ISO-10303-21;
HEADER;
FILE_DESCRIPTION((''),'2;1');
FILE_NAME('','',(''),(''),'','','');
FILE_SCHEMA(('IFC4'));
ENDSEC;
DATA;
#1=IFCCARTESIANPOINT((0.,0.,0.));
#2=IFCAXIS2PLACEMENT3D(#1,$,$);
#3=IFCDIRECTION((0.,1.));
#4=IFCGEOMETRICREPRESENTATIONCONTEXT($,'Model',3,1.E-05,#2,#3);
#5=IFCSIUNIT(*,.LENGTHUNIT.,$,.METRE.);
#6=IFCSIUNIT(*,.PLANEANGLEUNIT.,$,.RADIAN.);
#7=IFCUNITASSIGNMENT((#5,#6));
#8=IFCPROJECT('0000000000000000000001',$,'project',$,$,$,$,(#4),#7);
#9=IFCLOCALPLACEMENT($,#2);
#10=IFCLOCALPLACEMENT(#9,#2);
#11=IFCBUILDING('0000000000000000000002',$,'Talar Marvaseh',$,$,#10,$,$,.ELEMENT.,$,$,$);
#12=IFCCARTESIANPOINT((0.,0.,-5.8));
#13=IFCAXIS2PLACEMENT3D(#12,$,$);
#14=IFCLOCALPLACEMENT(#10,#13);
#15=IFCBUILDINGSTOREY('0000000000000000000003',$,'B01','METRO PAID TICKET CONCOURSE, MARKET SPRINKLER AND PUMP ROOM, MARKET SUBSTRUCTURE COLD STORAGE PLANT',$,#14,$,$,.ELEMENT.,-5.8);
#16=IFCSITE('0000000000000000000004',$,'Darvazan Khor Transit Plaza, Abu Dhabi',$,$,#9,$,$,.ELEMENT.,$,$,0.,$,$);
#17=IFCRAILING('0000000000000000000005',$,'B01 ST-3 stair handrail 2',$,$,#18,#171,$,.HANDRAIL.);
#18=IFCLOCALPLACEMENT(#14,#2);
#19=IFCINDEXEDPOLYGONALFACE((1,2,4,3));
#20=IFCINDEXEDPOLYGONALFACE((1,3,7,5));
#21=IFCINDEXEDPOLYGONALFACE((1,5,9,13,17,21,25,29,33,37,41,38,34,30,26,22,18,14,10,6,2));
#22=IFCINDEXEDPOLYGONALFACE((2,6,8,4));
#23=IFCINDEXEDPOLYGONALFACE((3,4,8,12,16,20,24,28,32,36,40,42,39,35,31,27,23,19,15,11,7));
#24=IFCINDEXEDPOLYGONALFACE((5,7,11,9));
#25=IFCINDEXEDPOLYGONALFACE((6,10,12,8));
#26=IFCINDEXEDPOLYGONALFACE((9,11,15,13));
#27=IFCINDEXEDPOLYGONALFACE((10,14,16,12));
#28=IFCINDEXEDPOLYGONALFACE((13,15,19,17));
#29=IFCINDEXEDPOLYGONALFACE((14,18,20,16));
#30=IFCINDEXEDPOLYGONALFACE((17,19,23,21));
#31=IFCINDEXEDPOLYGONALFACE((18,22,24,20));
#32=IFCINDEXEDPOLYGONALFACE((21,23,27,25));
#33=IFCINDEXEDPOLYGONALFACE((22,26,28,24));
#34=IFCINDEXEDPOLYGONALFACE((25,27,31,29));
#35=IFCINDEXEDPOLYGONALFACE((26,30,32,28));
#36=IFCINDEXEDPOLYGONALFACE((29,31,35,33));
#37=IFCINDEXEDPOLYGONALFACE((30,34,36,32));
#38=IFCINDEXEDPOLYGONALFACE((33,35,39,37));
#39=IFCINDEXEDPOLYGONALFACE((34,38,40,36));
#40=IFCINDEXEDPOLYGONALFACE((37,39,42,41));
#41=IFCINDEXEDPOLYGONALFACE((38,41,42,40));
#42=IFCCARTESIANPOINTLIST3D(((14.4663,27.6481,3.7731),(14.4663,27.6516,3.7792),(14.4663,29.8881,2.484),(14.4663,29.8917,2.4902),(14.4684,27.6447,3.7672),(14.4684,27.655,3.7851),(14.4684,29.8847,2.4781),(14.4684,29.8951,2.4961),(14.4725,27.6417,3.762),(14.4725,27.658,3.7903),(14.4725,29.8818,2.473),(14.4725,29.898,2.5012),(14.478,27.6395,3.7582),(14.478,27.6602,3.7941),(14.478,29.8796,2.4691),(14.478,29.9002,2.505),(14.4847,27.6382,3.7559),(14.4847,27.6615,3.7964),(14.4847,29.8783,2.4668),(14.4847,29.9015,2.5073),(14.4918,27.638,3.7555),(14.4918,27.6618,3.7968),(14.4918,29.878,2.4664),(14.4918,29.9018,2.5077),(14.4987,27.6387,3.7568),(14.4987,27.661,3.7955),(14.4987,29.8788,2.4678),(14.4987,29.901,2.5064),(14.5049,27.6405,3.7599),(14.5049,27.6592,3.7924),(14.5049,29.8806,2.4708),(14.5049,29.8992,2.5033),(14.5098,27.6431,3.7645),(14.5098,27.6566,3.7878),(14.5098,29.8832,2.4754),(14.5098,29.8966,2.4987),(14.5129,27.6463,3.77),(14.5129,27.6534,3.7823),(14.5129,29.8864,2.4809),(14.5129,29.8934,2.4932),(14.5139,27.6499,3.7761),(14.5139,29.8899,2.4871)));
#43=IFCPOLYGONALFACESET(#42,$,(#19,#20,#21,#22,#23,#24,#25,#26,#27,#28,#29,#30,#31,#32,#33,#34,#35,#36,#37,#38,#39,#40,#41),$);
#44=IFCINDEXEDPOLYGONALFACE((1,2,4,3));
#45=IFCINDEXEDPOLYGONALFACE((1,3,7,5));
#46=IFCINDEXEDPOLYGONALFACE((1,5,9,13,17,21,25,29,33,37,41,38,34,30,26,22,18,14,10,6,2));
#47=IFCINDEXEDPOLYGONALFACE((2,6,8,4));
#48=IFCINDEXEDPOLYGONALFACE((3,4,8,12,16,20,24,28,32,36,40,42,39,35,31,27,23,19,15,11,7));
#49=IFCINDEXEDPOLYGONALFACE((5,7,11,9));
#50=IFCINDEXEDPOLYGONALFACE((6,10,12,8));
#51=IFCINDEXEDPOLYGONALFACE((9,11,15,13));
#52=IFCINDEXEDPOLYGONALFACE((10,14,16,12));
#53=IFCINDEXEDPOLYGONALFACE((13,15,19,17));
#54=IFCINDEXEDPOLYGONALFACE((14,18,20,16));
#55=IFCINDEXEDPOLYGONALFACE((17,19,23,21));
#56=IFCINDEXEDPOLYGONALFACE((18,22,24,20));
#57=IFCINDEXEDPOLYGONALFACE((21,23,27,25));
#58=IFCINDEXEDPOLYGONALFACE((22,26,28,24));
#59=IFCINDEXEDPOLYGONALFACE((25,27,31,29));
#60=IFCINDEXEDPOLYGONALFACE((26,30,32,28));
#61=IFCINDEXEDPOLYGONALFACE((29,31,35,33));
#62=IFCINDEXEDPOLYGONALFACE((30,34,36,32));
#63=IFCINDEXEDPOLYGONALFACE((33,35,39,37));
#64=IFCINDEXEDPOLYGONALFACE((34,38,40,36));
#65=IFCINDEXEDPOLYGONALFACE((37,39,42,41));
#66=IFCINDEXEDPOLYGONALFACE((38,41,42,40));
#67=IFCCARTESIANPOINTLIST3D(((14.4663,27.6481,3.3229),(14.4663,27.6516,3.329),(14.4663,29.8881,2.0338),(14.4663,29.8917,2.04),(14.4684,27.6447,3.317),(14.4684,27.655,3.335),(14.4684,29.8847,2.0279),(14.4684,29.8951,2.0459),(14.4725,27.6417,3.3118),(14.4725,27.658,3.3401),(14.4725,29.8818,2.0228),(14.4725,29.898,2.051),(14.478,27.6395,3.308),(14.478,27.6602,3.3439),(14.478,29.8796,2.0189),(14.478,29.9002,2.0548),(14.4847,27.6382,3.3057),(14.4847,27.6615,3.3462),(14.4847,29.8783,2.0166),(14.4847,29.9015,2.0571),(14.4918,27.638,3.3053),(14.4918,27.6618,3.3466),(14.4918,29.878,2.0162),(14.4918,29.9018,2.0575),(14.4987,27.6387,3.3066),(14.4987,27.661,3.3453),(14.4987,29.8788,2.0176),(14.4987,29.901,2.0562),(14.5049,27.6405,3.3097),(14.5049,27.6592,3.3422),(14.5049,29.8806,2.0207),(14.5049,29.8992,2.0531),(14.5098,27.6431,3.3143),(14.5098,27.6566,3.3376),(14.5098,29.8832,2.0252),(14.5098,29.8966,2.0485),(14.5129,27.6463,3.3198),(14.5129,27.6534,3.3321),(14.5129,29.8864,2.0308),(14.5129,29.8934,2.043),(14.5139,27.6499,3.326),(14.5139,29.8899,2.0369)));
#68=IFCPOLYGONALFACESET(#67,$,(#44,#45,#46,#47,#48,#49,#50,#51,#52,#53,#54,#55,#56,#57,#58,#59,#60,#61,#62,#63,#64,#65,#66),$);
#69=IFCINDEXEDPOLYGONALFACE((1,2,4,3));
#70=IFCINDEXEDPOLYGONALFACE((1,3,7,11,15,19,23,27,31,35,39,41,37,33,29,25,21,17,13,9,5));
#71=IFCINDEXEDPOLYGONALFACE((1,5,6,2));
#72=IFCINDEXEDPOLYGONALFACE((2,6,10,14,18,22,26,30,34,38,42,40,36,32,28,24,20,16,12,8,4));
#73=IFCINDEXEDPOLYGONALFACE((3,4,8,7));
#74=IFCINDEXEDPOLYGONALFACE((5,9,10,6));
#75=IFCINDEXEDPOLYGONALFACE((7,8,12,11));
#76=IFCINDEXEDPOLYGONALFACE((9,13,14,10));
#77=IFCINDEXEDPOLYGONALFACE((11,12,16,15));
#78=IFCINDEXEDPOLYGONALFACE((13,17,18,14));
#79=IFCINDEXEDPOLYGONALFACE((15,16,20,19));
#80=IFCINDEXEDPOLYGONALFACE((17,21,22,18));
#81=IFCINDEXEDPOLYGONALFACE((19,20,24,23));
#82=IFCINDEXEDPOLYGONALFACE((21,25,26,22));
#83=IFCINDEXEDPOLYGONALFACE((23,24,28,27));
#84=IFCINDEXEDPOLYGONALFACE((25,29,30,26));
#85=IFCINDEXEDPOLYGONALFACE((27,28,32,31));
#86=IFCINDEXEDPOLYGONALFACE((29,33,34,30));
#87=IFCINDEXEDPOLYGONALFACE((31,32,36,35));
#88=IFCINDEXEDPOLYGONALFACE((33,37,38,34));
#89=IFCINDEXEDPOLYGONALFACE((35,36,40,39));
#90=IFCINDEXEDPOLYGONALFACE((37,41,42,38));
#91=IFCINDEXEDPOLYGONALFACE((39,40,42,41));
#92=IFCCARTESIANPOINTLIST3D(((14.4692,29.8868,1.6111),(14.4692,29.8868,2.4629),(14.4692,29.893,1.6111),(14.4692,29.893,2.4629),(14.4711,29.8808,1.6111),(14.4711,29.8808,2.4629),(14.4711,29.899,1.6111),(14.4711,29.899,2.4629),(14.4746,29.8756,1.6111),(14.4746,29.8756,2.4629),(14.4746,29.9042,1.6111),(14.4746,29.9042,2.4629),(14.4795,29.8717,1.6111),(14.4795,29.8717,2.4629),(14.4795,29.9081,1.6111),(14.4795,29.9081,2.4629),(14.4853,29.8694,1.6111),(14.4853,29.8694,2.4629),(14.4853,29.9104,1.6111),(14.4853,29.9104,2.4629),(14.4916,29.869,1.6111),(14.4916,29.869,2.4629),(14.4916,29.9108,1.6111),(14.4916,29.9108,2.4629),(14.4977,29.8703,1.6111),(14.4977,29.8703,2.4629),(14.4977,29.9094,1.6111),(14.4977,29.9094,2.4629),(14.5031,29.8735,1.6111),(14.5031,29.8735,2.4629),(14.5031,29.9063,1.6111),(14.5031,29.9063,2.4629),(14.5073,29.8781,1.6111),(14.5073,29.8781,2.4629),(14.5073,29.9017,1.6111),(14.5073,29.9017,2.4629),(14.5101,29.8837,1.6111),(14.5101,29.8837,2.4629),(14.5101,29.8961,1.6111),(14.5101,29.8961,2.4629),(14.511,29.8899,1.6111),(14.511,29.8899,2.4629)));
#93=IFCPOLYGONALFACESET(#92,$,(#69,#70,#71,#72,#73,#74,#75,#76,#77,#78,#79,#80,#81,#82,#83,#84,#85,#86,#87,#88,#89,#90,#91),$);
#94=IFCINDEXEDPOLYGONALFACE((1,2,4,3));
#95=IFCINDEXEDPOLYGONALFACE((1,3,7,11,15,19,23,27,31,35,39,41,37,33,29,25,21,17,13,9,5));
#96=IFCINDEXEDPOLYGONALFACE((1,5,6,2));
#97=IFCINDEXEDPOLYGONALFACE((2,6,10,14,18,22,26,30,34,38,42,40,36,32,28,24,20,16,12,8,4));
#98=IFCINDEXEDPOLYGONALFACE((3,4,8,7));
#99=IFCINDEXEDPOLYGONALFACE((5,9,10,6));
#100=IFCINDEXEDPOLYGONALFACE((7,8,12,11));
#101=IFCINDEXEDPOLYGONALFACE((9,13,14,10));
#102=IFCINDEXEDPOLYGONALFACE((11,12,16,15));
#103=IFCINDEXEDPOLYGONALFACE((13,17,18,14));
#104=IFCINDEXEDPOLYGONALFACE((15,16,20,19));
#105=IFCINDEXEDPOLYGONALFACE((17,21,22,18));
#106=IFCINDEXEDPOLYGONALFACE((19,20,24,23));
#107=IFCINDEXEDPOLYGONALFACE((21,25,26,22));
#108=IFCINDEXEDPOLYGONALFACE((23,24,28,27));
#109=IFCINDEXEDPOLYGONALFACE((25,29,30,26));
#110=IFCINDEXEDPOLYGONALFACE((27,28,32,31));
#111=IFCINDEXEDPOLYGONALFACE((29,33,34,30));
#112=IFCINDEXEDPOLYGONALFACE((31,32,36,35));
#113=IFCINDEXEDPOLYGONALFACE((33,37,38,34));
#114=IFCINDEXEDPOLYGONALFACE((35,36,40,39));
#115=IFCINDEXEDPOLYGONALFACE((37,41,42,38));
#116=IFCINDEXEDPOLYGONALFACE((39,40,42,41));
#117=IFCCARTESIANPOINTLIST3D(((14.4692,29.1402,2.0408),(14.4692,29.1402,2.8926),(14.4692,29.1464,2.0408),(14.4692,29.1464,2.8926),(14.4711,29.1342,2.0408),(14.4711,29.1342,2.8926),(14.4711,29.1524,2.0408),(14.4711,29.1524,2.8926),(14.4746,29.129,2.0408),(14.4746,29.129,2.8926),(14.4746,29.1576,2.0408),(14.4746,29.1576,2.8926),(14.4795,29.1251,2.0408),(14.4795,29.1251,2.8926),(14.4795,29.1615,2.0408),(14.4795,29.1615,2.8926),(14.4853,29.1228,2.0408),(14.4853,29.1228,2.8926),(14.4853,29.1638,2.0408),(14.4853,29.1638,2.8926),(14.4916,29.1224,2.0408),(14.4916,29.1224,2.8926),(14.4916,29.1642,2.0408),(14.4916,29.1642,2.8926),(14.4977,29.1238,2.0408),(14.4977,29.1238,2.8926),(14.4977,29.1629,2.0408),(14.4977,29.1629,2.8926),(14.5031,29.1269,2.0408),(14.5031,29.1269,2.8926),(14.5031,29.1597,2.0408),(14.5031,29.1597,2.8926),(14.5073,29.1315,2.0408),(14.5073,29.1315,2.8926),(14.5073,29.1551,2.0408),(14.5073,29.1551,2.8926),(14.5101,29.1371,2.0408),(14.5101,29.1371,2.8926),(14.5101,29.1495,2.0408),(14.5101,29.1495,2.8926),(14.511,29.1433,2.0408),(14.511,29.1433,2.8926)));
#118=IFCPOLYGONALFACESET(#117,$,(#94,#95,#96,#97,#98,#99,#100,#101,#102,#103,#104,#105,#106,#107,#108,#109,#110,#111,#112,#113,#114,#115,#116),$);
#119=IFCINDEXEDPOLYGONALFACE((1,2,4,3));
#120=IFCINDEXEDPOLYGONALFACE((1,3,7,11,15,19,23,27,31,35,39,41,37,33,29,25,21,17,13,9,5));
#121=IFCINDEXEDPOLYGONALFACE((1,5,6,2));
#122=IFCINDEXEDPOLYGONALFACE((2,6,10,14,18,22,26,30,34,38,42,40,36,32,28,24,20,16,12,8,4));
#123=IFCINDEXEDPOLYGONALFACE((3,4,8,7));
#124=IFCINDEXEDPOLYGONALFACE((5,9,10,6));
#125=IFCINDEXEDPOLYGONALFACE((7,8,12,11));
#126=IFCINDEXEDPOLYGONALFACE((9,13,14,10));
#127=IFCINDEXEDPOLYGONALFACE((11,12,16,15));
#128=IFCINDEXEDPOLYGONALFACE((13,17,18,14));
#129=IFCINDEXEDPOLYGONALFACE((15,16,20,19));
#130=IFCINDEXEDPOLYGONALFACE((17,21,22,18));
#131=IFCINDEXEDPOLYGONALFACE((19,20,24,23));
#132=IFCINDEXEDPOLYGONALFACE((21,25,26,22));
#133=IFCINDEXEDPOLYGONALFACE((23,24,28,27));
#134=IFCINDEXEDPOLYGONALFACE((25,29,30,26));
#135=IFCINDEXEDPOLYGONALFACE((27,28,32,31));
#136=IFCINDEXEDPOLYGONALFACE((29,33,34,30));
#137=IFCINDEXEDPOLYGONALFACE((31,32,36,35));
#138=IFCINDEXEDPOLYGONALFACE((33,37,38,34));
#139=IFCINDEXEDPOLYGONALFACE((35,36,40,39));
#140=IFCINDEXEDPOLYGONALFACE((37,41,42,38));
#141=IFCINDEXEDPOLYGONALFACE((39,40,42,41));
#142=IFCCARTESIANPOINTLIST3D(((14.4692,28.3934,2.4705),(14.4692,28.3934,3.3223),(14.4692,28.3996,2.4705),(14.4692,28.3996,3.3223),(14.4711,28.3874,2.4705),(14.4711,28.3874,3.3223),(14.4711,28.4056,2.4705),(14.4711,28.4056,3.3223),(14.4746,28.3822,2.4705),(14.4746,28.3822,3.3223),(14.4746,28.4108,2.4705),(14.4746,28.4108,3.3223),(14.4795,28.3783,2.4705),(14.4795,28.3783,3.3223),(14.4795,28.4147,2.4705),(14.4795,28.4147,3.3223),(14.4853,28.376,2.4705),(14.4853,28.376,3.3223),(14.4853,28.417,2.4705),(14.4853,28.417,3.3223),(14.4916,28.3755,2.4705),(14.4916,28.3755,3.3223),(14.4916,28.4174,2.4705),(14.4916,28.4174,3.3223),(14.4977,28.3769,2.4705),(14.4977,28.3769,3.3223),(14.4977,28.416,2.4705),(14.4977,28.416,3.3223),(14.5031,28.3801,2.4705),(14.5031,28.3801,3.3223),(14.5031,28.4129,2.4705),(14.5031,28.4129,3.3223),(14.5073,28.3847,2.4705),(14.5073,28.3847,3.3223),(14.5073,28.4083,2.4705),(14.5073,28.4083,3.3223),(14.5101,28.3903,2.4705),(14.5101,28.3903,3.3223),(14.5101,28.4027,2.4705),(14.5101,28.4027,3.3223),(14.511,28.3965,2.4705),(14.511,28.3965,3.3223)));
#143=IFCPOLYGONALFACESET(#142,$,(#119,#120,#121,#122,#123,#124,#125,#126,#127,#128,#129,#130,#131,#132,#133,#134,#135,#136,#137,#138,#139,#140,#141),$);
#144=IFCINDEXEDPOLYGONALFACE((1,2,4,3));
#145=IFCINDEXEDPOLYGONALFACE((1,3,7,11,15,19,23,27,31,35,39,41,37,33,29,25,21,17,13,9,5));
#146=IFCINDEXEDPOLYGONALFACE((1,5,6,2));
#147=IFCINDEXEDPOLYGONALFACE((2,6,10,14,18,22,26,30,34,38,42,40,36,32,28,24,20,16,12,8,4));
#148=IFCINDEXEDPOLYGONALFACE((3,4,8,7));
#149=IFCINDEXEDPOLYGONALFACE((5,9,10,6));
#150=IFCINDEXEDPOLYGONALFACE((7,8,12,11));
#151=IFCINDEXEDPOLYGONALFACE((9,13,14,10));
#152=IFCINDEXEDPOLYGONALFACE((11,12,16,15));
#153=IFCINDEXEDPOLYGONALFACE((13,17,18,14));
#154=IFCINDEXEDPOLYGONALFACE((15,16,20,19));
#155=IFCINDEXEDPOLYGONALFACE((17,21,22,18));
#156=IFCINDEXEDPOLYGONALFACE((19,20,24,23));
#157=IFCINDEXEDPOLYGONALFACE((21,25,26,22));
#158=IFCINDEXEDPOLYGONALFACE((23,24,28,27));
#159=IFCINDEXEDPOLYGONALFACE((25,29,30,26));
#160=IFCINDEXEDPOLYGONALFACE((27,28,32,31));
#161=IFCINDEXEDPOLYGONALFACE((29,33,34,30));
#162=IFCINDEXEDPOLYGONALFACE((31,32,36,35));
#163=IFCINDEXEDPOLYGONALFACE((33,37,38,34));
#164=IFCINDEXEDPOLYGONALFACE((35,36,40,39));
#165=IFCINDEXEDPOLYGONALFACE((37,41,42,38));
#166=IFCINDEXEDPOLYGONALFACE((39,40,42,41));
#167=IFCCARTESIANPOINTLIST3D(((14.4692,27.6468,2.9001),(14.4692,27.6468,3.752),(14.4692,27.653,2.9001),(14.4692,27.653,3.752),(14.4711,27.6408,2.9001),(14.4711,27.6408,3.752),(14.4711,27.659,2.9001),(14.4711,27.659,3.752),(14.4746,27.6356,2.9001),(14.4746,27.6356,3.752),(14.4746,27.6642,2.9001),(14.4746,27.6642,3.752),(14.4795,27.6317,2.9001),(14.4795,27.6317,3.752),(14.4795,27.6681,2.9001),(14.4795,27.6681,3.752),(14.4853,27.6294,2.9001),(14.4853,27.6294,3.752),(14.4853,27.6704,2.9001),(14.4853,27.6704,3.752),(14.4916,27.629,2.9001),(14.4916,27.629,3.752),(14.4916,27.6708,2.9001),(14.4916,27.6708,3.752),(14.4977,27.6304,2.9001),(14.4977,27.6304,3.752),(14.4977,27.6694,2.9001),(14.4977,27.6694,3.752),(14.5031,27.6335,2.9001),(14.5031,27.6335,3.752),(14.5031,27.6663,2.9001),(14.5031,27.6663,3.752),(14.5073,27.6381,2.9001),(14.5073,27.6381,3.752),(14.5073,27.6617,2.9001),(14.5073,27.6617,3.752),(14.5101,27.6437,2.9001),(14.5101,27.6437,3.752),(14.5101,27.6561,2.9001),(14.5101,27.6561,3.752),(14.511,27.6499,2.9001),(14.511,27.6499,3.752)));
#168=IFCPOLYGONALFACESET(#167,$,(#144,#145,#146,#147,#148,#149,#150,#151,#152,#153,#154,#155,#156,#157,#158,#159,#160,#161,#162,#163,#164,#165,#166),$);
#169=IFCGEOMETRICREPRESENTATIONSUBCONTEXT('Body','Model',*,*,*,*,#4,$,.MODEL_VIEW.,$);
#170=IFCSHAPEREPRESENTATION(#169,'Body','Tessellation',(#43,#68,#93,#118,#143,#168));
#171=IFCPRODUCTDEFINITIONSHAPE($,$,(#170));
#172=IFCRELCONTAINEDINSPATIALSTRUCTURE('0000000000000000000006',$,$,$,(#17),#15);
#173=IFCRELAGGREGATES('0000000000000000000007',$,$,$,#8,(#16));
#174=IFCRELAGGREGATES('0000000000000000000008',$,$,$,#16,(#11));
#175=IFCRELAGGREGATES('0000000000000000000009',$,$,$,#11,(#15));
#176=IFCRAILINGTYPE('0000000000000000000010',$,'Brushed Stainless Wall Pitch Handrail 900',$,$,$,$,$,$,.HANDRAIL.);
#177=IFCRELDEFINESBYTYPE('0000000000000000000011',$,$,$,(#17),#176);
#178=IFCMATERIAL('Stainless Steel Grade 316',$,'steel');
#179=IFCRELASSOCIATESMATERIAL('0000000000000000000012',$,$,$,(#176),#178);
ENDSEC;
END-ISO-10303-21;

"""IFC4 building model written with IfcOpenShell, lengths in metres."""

from ifc_helpers import new_model, si_unit, direction, frame, origin, origin_2d, place, context, subcontext, project, spatial, circle, extrude, material, type_object, element, save


model = new_model("IFC4")

# Units and contexts
model_context = context("Model", 3, precision=1e-05, world=origin(), true_north=direction((0.0, 1.0)))
body_context = subcontext(model_context, "Body", "Model", "MODEL_VIEW")
ifc_project = project(units=[si_unit("LENGTHUNIT", "METRE"), si_unit("PLANEANGLEUNIT", "RADIAN")], contexts=[model_context])

# Site, building, storey
site_placement = place(None, origin())
site = spatial("IfcSite", under=ifc_project, at=site_placement, Name="Darvazan Khor Transit Plaza, Abu Dhabi", CompositionType="ELEMENT", RefElevation=0.0)
building_placement = place(site_placement, origin())
building = spatial("IfcBuilding", under=site, at=building_placement, Name="Talar Marvaseh", CompositionType="ELEMENT")
storey_placement = place(building_placement, frame((0.0, 0.0, -5.8)))
storey = spatial("IfcBuildingStorey", under=building, at=storey_placement, Name="B01", Description="METRO PAID TICKET CONCOURSE, MARKET SPRINKLER AND PUMP ROOM, MARKET SUBSTRUCTURE COLD STORAGE PLANT", CompositionType="ELEMENT", Elevation=-5.8)

# Railing
ifc_material_1 = material(Name="Stainless Steel Grade 316", Category="steel")
railing_type_1 = type_object("IfcRailingType", Name="Brushed Stainless Wall Pitch Handrail 900", PredefinedType="HANDRAIL", material=ifc_material_1)
railing_1_placement = place(storey_placement, frame((14.49, 29.8899, 1.6111)))
element("IfcRailing", 1, at=railing_1_placement, inside=storey, type_object=railing_type_1, Name="B01 ST-3 stair handrail 2", PredefinedType="HANDRAIL", context=body_context, shape_type="SweptSolid", body=[
    extrude(circle(Radius=0.0239, at=origin_2d()), frame((0.0, 0.0, 0.876), z_axis=(0.0, -0.866728, 0.498782), x_axis=(1.0, 0.0, 0.0)), (0.0, 0.0, 1.0), 2.5845),
    extrude(circle(Radius=0.0239, at=origin_2d()), frame((0.0, 0.0, 0.4258), z_axis=(0.0, -0.866728, 0.498782), x_axis=(1.0, 0.0, 0.0)), (0.0, 0.0, 1.0), 2.5845),
    extrude(circle(Radius=0.021, at=origin_2d()), origin(), (0.0, 0.0, 1.0), 0.8518),
    extrude(circle(Radius=0.021, at=origin_2d()), frame((0.0, -0.7466, 0.4297)), (0.0, 0.0, 1.0), 0.8518),
    extrude(circle(Radius=0.021, at=origin_2d()), frame((0.0, -1.4934, 0.8594)), (0.0, 0.0, 1.0), 0.8518),
    extrude(circle(Radius=0.021, at=origin_2d()), frame((0.0, -2.24, 1.2891)), (0.0, 0.0, 1.0), 0.8518),
])

save(model, "model.ifc")
